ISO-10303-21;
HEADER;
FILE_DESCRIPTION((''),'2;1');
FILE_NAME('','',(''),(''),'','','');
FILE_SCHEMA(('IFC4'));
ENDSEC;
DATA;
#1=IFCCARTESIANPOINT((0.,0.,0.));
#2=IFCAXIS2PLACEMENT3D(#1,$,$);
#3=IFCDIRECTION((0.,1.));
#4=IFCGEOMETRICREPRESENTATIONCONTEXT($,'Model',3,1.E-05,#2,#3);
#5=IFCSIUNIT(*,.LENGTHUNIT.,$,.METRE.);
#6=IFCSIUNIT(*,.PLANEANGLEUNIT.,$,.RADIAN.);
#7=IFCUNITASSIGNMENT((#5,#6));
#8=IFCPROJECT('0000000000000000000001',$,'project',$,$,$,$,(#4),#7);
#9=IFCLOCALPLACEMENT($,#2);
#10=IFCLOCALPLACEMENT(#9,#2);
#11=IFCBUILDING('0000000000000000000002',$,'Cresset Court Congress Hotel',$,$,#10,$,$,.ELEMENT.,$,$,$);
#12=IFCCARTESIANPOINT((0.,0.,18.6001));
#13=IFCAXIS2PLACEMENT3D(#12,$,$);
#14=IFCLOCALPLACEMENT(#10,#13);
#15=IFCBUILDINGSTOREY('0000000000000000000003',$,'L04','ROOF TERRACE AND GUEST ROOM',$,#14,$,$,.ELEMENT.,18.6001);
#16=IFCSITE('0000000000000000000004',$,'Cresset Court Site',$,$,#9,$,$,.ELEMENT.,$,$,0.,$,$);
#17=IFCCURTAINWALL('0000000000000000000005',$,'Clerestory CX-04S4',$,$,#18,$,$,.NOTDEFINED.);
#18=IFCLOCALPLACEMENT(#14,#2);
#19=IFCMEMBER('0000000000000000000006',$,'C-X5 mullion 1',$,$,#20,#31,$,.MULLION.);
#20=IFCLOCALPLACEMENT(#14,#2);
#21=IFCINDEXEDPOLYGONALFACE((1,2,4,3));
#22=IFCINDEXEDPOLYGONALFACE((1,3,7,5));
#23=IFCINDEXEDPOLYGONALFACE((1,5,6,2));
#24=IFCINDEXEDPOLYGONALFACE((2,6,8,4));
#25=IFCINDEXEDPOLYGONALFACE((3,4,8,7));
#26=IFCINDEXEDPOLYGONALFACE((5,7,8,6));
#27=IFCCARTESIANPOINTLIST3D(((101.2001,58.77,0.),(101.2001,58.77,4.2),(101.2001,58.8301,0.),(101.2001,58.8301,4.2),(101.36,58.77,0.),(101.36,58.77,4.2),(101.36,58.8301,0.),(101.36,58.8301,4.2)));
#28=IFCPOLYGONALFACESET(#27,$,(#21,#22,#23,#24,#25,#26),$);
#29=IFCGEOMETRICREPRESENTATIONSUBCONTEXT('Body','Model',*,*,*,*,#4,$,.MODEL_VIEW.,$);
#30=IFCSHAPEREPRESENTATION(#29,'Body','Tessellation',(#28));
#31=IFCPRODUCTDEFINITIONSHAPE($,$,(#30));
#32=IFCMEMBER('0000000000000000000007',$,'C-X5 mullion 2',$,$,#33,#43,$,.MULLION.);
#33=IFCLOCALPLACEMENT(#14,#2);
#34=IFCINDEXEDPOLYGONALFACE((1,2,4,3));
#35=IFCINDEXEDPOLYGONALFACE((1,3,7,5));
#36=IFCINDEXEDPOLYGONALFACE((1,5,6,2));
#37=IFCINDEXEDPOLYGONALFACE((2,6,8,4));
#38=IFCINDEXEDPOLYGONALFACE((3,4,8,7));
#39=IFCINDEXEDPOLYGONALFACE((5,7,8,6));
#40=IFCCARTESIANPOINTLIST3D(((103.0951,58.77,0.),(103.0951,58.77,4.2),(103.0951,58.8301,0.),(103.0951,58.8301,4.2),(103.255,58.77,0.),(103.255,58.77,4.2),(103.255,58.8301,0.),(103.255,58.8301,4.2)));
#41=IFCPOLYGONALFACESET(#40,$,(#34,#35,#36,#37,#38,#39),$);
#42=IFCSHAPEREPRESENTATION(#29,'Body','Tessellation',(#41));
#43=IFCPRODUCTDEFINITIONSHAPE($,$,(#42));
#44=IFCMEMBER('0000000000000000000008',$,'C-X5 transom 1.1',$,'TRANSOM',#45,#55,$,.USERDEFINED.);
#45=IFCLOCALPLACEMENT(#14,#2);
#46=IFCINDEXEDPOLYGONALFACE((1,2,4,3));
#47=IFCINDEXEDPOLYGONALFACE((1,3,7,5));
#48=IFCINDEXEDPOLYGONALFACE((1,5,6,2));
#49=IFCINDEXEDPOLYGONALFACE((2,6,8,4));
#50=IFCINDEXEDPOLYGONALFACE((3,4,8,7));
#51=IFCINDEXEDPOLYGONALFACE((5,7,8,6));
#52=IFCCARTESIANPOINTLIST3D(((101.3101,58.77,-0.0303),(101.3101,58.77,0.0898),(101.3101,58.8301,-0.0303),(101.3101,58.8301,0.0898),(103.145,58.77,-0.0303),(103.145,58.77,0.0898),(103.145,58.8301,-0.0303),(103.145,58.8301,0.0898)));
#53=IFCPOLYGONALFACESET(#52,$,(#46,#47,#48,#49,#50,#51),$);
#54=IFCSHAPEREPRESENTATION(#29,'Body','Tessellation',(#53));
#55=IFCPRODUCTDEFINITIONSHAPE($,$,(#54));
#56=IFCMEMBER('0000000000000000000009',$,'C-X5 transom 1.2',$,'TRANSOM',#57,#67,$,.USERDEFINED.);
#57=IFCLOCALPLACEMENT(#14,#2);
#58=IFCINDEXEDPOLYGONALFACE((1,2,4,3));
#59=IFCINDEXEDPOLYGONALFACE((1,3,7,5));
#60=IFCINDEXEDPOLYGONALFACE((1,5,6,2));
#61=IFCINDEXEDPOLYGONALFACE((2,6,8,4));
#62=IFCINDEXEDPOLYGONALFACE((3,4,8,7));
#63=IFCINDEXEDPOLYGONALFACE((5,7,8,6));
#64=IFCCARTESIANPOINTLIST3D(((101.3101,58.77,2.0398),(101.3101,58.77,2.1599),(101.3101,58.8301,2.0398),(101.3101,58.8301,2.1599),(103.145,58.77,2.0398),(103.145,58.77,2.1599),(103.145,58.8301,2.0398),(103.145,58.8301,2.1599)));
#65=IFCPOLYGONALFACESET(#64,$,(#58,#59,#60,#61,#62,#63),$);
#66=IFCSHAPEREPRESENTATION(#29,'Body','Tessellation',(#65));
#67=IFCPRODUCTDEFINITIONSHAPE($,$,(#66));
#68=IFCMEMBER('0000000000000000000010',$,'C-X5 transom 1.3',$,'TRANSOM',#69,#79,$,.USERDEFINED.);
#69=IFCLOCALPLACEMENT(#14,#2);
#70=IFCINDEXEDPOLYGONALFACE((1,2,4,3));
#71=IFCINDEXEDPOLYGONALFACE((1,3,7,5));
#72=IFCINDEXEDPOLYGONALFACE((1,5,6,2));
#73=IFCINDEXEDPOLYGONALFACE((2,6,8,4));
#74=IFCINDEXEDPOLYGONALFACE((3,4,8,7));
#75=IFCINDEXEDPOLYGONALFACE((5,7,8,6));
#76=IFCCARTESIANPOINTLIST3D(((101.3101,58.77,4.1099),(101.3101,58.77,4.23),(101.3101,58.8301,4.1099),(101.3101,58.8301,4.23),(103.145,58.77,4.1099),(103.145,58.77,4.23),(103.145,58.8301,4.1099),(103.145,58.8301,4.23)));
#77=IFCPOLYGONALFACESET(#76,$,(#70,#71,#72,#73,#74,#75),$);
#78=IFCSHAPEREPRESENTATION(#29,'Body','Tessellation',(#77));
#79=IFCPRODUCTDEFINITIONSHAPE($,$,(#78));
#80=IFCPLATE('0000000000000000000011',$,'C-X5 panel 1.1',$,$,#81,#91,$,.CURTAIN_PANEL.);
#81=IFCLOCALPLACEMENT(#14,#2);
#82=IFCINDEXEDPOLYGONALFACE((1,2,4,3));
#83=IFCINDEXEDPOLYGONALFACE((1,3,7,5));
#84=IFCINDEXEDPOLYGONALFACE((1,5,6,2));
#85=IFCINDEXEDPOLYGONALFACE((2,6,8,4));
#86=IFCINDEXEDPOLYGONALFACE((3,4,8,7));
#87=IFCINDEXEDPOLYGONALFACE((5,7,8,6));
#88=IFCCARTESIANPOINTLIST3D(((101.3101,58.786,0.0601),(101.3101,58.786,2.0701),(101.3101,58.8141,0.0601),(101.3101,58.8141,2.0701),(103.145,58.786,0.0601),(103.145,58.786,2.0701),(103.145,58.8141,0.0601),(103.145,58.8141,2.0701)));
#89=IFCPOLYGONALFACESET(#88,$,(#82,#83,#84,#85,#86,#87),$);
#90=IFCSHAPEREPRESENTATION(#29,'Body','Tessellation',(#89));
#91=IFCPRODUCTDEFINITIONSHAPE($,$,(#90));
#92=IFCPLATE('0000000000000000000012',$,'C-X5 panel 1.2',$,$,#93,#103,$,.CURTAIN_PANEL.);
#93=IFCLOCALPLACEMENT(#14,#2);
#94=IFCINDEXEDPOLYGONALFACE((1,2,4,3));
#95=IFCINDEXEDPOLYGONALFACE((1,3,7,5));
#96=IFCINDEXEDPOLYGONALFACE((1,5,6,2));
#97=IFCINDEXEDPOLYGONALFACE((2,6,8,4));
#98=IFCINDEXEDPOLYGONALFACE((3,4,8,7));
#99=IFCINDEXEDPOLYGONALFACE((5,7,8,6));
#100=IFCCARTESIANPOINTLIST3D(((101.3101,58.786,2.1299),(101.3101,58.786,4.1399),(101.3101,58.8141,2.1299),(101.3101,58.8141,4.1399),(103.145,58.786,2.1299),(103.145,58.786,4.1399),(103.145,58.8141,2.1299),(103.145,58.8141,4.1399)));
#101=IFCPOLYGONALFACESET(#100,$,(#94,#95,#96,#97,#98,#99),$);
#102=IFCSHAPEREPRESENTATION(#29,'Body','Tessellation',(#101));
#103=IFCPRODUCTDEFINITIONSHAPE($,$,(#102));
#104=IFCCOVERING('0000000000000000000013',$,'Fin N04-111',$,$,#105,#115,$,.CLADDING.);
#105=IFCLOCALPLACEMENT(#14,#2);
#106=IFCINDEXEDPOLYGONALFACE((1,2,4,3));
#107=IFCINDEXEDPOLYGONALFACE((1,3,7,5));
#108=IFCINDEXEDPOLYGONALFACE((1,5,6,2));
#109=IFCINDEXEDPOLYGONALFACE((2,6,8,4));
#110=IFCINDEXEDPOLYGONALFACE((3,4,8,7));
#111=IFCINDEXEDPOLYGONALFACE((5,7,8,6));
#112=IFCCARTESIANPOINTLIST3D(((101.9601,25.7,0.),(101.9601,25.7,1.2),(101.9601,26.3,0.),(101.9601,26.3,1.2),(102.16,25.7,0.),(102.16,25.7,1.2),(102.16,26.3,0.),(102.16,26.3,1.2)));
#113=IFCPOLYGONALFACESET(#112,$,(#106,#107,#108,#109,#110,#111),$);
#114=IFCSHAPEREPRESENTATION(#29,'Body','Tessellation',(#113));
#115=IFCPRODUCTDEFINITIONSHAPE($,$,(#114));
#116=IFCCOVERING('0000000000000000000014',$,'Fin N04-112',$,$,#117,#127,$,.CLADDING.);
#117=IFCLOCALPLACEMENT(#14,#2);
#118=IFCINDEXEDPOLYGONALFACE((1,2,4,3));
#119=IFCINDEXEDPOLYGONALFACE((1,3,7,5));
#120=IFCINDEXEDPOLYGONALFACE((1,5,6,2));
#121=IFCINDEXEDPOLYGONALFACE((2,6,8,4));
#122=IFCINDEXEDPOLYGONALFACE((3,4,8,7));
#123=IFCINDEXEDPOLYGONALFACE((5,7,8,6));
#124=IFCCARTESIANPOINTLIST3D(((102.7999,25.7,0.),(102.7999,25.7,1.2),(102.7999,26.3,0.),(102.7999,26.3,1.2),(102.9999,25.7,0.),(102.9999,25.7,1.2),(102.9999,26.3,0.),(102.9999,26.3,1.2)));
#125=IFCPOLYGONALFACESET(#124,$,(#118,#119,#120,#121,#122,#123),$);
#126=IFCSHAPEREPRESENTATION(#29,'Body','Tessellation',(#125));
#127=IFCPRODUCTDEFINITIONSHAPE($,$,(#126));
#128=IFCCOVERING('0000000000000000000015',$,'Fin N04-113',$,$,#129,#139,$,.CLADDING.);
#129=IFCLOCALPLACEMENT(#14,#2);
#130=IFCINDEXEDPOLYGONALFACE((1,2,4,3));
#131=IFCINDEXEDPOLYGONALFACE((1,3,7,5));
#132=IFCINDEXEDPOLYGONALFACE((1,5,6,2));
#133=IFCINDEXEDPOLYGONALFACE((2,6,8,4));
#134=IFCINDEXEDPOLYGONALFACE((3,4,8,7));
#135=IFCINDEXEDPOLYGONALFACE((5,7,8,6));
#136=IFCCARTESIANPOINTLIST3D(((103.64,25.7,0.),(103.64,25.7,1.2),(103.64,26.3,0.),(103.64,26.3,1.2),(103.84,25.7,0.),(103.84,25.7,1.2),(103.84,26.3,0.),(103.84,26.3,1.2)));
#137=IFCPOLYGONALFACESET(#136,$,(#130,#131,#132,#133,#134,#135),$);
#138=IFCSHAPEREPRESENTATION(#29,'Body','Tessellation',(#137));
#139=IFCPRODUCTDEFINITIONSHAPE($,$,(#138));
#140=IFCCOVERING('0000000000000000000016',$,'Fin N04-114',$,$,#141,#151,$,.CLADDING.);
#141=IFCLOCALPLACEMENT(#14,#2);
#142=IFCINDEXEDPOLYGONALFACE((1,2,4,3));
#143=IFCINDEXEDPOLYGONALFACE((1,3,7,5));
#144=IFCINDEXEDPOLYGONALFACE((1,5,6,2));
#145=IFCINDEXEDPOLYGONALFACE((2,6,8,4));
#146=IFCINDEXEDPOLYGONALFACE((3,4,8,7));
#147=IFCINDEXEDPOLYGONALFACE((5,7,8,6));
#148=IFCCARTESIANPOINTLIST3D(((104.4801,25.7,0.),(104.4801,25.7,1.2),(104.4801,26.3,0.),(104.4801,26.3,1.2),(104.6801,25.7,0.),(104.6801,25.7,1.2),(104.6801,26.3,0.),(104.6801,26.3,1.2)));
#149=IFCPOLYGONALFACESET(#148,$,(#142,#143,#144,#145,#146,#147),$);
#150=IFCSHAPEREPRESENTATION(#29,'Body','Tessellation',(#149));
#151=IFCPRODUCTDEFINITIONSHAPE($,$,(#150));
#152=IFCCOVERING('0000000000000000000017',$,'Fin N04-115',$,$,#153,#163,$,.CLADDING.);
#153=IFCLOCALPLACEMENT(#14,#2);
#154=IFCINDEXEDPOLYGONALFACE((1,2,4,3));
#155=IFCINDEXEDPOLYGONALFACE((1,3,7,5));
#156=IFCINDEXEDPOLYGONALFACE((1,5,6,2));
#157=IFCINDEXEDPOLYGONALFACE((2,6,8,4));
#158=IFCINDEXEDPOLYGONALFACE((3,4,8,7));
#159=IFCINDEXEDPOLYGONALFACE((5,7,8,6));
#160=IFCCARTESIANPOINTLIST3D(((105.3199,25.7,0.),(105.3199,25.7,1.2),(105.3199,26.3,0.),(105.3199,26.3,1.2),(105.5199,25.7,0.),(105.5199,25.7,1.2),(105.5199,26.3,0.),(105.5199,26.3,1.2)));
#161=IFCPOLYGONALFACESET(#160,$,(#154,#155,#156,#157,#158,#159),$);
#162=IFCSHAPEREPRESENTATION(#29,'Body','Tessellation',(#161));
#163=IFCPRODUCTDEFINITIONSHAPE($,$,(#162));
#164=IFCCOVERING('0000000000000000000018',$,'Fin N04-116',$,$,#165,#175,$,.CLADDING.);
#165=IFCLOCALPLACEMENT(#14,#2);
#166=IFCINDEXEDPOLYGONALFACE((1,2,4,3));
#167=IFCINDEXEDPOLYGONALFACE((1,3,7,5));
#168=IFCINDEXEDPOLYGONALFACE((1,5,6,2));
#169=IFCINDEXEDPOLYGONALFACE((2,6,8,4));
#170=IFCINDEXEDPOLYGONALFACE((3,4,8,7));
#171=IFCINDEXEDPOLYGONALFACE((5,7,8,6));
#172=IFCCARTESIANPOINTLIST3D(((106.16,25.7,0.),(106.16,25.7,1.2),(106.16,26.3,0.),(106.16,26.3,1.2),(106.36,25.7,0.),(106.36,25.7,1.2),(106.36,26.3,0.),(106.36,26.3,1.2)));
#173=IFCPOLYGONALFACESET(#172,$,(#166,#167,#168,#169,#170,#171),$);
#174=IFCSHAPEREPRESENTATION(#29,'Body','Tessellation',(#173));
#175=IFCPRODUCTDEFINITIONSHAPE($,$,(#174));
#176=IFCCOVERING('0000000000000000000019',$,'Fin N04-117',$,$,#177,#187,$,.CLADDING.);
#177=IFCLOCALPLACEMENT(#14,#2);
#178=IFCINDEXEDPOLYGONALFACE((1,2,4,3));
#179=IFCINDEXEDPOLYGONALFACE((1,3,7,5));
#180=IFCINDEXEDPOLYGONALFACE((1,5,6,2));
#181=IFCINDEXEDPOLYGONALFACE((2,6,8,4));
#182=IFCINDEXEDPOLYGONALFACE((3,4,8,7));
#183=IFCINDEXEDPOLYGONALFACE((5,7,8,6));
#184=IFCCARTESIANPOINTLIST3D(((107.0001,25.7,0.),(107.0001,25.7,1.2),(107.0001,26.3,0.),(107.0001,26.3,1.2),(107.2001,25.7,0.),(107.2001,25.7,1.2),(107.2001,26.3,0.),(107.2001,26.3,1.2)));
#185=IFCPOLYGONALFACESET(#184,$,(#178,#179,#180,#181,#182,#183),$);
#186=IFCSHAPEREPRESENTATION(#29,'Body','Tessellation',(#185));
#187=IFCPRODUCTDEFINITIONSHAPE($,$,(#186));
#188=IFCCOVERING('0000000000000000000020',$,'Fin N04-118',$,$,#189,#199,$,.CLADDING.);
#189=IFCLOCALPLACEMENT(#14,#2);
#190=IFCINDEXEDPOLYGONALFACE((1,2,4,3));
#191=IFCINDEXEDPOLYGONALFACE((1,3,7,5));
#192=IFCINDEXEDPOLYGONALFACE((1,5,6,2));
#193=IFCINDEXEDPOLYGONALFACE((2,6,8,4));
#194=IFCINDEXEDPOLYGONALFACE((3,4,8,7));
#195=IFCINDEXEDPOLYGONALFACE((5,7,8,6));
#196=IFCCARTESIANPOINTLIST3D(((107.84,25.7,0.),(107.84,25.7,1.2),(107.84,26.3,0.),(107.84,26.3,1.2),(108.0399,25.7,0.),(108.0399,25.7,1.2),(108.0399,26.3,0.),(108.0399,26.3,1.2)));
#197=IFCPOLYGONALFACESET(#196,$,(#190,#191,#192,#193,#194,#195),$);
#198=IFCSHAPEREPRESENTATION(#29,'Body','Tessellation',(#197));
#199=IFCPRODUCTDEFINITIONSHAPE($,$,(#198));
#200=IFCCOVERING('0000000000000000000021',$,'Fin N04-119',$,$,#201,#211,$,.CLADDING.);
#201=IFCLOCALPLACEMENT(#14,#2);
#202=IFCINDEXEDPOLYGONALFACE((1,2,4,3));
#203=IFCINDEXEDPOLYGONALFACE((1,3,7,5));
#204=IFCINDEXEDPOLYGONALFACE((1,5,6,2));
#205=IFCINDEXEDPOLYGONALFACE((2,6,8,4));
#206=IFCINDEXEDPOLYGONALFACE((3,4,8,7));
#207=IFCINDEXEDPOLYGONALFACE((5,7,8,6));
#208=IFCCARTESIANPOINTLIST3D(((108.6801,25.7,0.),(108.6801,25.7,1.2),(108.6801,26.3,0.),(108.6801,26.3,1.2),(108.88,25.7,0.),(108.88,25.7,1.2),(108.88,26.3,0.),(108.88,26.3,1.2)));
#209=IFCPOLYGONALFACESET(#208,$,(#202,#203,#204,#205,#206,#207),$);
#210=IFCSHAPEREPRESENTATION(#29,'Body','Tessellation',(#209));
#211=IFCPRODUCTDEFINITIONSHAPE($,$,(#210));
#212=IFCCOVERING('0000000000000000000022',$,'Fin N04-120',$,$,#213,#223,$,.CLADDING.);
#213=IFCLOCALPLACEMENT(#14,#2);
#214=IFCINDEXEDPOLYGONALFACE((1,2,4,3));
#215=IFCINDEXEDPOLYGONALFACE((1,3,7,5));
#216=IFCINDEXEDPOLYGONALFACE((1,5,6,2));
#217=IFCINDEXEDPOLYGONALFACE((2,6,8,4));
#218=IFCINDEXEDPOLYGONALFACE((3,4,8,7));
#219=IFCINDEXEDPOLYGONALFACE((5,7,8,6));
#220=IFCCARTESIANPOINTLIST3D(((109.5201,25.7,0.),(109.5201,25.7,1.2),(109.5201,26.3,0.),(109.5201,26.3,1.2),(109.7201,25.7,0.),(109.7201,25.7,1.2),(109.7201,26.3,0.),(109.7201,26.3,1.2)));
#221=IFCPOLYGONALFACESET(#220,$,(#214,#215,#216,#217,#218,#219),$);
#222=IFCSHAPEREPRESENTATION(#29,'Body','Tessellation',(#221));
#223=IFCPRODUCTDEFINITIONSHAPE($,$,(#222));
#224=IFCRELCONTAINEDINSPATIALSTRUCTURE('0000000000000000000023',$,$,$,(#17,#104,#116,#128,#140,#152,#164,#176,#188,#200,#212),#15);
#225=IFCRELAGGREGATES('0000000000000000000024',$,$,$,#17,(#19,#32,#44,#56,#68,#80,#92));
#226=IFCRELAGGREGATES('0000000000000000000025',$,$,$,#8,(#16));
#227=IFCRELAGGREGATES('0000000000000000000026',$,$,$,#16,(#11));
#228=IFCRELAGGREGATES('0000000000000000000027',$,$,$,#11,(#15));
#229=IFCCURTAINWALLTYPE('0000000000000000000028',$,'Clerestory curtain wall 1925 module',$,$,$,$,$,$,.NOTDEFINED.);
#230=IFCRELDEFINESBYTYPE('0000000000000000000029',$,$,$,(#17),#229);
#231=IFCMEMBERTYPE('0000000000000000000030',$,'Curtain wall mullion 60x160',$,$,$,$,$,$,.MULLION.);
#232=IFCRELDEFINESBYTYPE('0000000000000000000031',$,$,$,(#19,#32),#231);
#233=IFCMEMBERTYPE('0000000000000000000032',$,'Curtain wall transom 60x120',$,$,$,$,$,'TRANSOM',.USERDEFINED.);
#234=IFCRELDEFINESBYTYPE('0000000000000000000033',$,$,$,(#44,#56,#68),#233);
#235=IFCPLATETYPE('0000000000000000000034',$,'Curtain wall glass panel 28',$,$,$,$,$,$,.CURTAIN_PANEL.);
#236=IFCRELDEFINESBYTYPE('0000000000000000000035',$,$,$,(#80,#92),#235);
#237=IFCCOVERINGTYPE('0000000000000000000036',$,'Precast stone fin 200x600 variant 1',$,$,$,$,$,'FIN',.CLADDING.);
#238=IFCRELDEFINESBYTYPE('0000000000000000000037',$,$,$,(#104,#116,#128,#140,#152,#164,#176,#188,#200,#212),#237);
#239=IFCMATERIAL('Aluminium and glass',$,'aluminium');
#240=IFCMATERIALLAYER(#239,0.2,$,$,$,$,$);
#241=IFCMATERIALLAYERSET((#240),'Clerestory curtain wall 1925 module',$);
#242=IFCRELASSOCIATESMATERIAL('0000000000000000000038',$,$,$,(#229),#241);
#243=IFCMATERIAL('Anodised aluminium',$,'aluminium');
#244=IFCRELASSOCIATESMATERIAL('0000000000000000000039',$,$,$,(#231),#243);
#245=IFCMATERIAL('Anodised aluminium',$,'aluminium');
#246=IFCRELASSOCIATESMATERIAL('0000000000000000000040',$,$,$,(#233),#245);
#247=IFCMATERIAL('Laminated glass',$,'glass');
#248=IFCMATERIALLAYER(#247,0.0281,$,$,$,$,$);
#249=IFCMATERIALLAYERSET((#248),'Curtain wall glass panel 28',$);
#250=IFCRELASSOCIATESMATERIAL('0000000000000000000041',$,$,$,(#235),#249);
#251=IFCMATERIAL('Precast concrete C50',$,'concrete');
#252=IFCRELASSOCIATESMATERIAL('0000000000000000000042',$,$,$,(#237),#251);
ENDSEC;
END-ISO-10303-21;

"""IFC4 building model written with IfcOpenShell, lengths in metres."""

from ifc_helpers import new_model, si_unit, direction, frame, origin, origin_2d, place, context, subcontext, project, spatial, rectangle, extrude, material, layer, layer_set, material_profile, profile_set, type_object, element, aggregate, save


model = new_model("IFC4")

# Units and contexts
model_context = context("Model", 3, precision=1e-05, world=origin(), true_north=direction((0.0, 1.0)))
body_context = subcontext(model_context, "Body", "Model", "MODEL_VIEW")
ifc_project = project(units=[si_unit("LENGTHUNIT", "METRE"), si_unit("PLANEANGLEUNIT", "RADIAN")], contexts=[model_context])

# Site, building, storey
site_placement = place(None, origin())
site = spatial("IfcSite", under=ifc_project, at=site_placement, Name="Cresset Court Site", CompositionType="ELEMENT", RefElevation=0.0)
building_placement = place(site_placement, origin())
building = spatial("IfcBuilding", under=site, at=building_placement, Name="Cresset Court Congress Hotel", CompositionType="ELEMENT")
storey_placement = place(building_placement, frame((0.0, 0.0, 18.6001)))
storey = spatial("IfcBuildingStorey", under=building, at=storey_placement, Name="L04", Description="ROOF TERRACE AND GUEST ROOM", CompositionType="ELEMENT", Elevation=18.6001)

# Curtain wall, members, plates
ifc_material_1 = material(Name="Aluminium and glass", Category="aluminium")
ifc_layer_1 = layer(ifc_material_1, 0.2)
ifc_layer_set_1 = layer_set([ifc_layer_1], Name="Clerestory curtain wall 1925 module")
curtain_wall_type = type_object("IfcCurtainWallType", Name="Clerestory curtain wall 1925 module", PredefinedType="NOTDEFINED", material=ifc_layer_set_1)
curtain_wall_placement = place(storey_placement, origin())
curtain_wall = element("IfcCurtainWall", 1, at=curtain_wall_placement, inside=storey, type_object=curtain_wall_type, Name="Clerestory CX-04S4", PredefinedType="NOTDEFINED")
ifc_material_2 = material(Name="Anodised aluminium", Category="aluminium")
ifc_material_profile_1 = material_profile(ifc_material_2, rectangle(XDim=0.0601, YDim=0.1599, at=origin_2d()), Name="AL60x160")
ifc_profile_set_1 = profile_set([ifc_material_profile_1], Name="Anodised aluminium")
member_type_1 = type_object("IfcMemberType", Name="Curtain wall mullion 60x160", PredefinedType="MULLION", material=ifc_profile_set_1)
member_1_placement = place(storey_placement, frame((101.28, 58.8, 0.0), z_axis=(0.0, 0.0, 1.0), x_axis=(0.0, 1.0, 0.0)))
member_1 = element("IfcMember", 2, at=member_1_placement, type_object=member_type_1, Name="C-X5 mullion 1", PredefinedType="MULLION", context=body_context, shape_type="SweptSolid", body=[
    extrude(rectangle(XDim=0.0601, YDim=0.1599, at=origin_2d()), origin(), (0.0, 0.0, 1.0), 4.2),
])
member_2_placement = place(storey_placement, frame((103.175, 58.8, 0.0), z_axis=(0.0, 0.0, 1.0), x_axis=(0.0, 1.0, 0.0)))
member_2 = element("IfcMember", 3, at=member_2_placement, type_object=member_type_1, Name="C-X5 mullion 2", PredefinedType="MULLION", context=body_context, shape_type="SweptSolid", body=[
    extrude(rectangle(XDim=0.0601, YDim=0.1599, at=origin_2d()), origin(), (0.0, 0.0, 1.0), 4.2),
])
ifc_material_3 = material(Name="Anodised aluminium", Category="aluminium")
ifc_material_profile_2 = material_profile(ifc_material_3, rectangle(XDim=0.0601, YDim=0.1201, at=origin_2d()), Name="AL60x120")
ifc_profile_set_2 = profile_set([ifc_material_profile_2], Name="Anodised aluminium")
member_type_2 = type_object("IfcMemberType", Name="Curtain wall transom 60x120", ElementType="TRANSOM", PredefinedType="USERDEFINED", material=ifc_profile_set_2)
member_3_placement = place(storey_placement, frame((101.3101, 58.8, 0.0298), z_axis=(1.0, 0.0, 0.0), x_axis=(0.0, 1.0, 0.0)))
member_3 = element("IfcMember", 4, at=member_3_placement, type_object=member_type_2, Name="C-X5 transom 1.1", ObjectType="TRANSOM", PredefinedType="USERDEFINED", context=body_context, shape_type="SweptSolid", body=[
    extrude(rectangle(XDim=0.0601, YDim=0.1201, at=origin_2d()), origin(), (0.0, 0.0, 1.0), 1.835),
])
member_4_placement = place(storey_placement, frame((101.3101, 58.8, 2.0999), z_axis=(1.0, 0.0, 0.0), x_axis=(0.0, 1.0, 0.0)))
member_4 = element("IfcMember", 5, at=member_4_placement, type_object=member_type_2, Name="C-X5 transom 1.2", ObjectType="TRANSOM", PredefinedType="USERDEFINED", context=body_context, shape_type="SweptSolid", body=[
    extrude(rectangle(XDim=0.0601, YDim=0.1201, at=origin_2d()), origin(), (0.0, 0.0, 1.0), 1.835),
])
member_5_placement = place(storey_placement, frame((101.3101, 58.8, 4.1699), z_axis=(1.0, 0.0, 0.0), x_axis=(0.0, 1.0, 0.0)))
member_5 = element("IfcMember", 6, at=member_5_placement, type_object=member_type_2, Name="C-X5 transom 1.3", ObjectType="TRANSOM", PredefinedType="USERDEFINED", context=body_context, shape_type="SweptSolid", body=[
    extrude(rectangle(XDim=0.0601, YDim=0.1201, at=origin_2d()), origin(), (0.0, 0.0, 1.0), 1.835),
])
ifc_material_4 = material(Name="Laminated glass", Category="glass")
ifc_layer_2 = layer(ifc_material_4, 0.0281)
ifc_layer_set_2 = layer_set([ifc_layer_2], Name="Curtain wall glass panel 28")
plate_type = type_object("IfcPlateType", Name="Curtain wall glass panel 28", PredefinedType="CURTAIN_PANEL", material=ifc_layer_set_2)
plate_1_placement = place(storey_placement, frame((102.2275, 58.8, 0.0601), z_axis=(0.0, 0.0, 1.0), x_axis=(1.0, 0.0, 0.0)))
plate_1 = element("IfcPlate", 7, at=plate_1_placement, type_object=plate_type, Name="C-X5 panel 1.1", PredefinedType="CURTAIN_PANEL", context=body_context, shape_type="SweptSolid", body=[
    extrude(rectangle(XDim=1.835, YDim=0.0281, at=origin_2d()), origin(), (0.0, 0.0, 1.0), 2.01),
])
plate_2_placement = place(storey_placement, frame((102.2275, 58.8, 2.1299), z_axis=(0.0, 0.0, 1.0), x_axis=(1.0, 0.0, 0.0)))
plate_2 = element("IfcPlate", 8, at=plate_2_placement, type_object=plate_type, Name="C-X5 panel 1.2", PredefinedType="CURTAIN_PANEL", context=body_context, shape_type="SweptSolid", body=[
    extrude(rectangle(XDim=1.835, YDim=0.0281, at=origin_2d()), origin(), (0.0, 0.0, 1.0), 2.01),
])
aggregate(curtain_wall, [member_1, member_2, member_3, member_4, member_5, plate_1, plate_2])

# Coverings
ifc_material_5 = material(Name="Precast concrete C50", Category="concrete")
covering_type_1 = type_object("IfcCoveringType", Name="Precast stone fin 200x600 variant 1", ElementType="FIN", PredefinedType="CLADDING", material=ifc_material_5)
for number, where, z_axis, x_axis, name in (
    (9, (102.0601, 26.0, 0.0), (0.0, 0.0, 1.0), (1.0, 0.0, 0.0), "Fin N04-111"),
    (10, (102.8999, 26.0, 0.0), (0.0, 0.0, 1.0), (1.0, 0.0, 0.0), "Fin N04-112"),
    (11, (103.74, 26.0, 0.0), (0.0, 0.0, 1.0), (1.0, 0.0, 0.0), "Fin N04-113"),
    (12, (104.5801, 26.0, 0.0), (0.0, 0.0, 1.0), (1.0, 0.0, 0.0), "Fin N04-114"),
    (13, (105.4199, 26.0, 0.0), (0.0, 0.0, 1.0), (1.0, 0.0, 0.0), "Fin N04-115"),
    (14, (106.26, 26.0, 0.0), (0.0, 0.0, 1.0), (1.0, 0.0, 0.0), "Fin N04-116"),
    (15, (107.1001, 26.0, 0.0), (0.0, 0.0, 1.0), (1.0, 0.0, 0.0), "Fin N04-117"),
    (16, (107.9399, 26.0, 0.0), (0.0, 0.0, 1.0), (1.0, 0.0, 0.0), "Fin N04-118"),
    (17, (108.78, 26.0, 0.0), (0.0, 0.0, 1.0), (1.0, 0.0, 0.0), "Fin N04-119"),
    (18, (109.6201, 26.0, 0.0), (0.0, 0.0, 1.0), (1.0, 0.0, 0.0), "Fin N04-120"),
):
    element("IfcCovering", number, at=place(storey_placement, frame(where, z_axis=z_axis, x_axis=x_axis)), inside=storey, type_object=covering_type_1, Name=name, PredefinedType="CLADDING", context=body_context, shape_type="SweptSolid", body=[
        extrude(rectangle(XDim=0.2, YDim=0.6001, at=origin_2d()), origin(), (0.0, 0.0, 1.0), 1.2),
    ])

save(model, "model.ifc")
